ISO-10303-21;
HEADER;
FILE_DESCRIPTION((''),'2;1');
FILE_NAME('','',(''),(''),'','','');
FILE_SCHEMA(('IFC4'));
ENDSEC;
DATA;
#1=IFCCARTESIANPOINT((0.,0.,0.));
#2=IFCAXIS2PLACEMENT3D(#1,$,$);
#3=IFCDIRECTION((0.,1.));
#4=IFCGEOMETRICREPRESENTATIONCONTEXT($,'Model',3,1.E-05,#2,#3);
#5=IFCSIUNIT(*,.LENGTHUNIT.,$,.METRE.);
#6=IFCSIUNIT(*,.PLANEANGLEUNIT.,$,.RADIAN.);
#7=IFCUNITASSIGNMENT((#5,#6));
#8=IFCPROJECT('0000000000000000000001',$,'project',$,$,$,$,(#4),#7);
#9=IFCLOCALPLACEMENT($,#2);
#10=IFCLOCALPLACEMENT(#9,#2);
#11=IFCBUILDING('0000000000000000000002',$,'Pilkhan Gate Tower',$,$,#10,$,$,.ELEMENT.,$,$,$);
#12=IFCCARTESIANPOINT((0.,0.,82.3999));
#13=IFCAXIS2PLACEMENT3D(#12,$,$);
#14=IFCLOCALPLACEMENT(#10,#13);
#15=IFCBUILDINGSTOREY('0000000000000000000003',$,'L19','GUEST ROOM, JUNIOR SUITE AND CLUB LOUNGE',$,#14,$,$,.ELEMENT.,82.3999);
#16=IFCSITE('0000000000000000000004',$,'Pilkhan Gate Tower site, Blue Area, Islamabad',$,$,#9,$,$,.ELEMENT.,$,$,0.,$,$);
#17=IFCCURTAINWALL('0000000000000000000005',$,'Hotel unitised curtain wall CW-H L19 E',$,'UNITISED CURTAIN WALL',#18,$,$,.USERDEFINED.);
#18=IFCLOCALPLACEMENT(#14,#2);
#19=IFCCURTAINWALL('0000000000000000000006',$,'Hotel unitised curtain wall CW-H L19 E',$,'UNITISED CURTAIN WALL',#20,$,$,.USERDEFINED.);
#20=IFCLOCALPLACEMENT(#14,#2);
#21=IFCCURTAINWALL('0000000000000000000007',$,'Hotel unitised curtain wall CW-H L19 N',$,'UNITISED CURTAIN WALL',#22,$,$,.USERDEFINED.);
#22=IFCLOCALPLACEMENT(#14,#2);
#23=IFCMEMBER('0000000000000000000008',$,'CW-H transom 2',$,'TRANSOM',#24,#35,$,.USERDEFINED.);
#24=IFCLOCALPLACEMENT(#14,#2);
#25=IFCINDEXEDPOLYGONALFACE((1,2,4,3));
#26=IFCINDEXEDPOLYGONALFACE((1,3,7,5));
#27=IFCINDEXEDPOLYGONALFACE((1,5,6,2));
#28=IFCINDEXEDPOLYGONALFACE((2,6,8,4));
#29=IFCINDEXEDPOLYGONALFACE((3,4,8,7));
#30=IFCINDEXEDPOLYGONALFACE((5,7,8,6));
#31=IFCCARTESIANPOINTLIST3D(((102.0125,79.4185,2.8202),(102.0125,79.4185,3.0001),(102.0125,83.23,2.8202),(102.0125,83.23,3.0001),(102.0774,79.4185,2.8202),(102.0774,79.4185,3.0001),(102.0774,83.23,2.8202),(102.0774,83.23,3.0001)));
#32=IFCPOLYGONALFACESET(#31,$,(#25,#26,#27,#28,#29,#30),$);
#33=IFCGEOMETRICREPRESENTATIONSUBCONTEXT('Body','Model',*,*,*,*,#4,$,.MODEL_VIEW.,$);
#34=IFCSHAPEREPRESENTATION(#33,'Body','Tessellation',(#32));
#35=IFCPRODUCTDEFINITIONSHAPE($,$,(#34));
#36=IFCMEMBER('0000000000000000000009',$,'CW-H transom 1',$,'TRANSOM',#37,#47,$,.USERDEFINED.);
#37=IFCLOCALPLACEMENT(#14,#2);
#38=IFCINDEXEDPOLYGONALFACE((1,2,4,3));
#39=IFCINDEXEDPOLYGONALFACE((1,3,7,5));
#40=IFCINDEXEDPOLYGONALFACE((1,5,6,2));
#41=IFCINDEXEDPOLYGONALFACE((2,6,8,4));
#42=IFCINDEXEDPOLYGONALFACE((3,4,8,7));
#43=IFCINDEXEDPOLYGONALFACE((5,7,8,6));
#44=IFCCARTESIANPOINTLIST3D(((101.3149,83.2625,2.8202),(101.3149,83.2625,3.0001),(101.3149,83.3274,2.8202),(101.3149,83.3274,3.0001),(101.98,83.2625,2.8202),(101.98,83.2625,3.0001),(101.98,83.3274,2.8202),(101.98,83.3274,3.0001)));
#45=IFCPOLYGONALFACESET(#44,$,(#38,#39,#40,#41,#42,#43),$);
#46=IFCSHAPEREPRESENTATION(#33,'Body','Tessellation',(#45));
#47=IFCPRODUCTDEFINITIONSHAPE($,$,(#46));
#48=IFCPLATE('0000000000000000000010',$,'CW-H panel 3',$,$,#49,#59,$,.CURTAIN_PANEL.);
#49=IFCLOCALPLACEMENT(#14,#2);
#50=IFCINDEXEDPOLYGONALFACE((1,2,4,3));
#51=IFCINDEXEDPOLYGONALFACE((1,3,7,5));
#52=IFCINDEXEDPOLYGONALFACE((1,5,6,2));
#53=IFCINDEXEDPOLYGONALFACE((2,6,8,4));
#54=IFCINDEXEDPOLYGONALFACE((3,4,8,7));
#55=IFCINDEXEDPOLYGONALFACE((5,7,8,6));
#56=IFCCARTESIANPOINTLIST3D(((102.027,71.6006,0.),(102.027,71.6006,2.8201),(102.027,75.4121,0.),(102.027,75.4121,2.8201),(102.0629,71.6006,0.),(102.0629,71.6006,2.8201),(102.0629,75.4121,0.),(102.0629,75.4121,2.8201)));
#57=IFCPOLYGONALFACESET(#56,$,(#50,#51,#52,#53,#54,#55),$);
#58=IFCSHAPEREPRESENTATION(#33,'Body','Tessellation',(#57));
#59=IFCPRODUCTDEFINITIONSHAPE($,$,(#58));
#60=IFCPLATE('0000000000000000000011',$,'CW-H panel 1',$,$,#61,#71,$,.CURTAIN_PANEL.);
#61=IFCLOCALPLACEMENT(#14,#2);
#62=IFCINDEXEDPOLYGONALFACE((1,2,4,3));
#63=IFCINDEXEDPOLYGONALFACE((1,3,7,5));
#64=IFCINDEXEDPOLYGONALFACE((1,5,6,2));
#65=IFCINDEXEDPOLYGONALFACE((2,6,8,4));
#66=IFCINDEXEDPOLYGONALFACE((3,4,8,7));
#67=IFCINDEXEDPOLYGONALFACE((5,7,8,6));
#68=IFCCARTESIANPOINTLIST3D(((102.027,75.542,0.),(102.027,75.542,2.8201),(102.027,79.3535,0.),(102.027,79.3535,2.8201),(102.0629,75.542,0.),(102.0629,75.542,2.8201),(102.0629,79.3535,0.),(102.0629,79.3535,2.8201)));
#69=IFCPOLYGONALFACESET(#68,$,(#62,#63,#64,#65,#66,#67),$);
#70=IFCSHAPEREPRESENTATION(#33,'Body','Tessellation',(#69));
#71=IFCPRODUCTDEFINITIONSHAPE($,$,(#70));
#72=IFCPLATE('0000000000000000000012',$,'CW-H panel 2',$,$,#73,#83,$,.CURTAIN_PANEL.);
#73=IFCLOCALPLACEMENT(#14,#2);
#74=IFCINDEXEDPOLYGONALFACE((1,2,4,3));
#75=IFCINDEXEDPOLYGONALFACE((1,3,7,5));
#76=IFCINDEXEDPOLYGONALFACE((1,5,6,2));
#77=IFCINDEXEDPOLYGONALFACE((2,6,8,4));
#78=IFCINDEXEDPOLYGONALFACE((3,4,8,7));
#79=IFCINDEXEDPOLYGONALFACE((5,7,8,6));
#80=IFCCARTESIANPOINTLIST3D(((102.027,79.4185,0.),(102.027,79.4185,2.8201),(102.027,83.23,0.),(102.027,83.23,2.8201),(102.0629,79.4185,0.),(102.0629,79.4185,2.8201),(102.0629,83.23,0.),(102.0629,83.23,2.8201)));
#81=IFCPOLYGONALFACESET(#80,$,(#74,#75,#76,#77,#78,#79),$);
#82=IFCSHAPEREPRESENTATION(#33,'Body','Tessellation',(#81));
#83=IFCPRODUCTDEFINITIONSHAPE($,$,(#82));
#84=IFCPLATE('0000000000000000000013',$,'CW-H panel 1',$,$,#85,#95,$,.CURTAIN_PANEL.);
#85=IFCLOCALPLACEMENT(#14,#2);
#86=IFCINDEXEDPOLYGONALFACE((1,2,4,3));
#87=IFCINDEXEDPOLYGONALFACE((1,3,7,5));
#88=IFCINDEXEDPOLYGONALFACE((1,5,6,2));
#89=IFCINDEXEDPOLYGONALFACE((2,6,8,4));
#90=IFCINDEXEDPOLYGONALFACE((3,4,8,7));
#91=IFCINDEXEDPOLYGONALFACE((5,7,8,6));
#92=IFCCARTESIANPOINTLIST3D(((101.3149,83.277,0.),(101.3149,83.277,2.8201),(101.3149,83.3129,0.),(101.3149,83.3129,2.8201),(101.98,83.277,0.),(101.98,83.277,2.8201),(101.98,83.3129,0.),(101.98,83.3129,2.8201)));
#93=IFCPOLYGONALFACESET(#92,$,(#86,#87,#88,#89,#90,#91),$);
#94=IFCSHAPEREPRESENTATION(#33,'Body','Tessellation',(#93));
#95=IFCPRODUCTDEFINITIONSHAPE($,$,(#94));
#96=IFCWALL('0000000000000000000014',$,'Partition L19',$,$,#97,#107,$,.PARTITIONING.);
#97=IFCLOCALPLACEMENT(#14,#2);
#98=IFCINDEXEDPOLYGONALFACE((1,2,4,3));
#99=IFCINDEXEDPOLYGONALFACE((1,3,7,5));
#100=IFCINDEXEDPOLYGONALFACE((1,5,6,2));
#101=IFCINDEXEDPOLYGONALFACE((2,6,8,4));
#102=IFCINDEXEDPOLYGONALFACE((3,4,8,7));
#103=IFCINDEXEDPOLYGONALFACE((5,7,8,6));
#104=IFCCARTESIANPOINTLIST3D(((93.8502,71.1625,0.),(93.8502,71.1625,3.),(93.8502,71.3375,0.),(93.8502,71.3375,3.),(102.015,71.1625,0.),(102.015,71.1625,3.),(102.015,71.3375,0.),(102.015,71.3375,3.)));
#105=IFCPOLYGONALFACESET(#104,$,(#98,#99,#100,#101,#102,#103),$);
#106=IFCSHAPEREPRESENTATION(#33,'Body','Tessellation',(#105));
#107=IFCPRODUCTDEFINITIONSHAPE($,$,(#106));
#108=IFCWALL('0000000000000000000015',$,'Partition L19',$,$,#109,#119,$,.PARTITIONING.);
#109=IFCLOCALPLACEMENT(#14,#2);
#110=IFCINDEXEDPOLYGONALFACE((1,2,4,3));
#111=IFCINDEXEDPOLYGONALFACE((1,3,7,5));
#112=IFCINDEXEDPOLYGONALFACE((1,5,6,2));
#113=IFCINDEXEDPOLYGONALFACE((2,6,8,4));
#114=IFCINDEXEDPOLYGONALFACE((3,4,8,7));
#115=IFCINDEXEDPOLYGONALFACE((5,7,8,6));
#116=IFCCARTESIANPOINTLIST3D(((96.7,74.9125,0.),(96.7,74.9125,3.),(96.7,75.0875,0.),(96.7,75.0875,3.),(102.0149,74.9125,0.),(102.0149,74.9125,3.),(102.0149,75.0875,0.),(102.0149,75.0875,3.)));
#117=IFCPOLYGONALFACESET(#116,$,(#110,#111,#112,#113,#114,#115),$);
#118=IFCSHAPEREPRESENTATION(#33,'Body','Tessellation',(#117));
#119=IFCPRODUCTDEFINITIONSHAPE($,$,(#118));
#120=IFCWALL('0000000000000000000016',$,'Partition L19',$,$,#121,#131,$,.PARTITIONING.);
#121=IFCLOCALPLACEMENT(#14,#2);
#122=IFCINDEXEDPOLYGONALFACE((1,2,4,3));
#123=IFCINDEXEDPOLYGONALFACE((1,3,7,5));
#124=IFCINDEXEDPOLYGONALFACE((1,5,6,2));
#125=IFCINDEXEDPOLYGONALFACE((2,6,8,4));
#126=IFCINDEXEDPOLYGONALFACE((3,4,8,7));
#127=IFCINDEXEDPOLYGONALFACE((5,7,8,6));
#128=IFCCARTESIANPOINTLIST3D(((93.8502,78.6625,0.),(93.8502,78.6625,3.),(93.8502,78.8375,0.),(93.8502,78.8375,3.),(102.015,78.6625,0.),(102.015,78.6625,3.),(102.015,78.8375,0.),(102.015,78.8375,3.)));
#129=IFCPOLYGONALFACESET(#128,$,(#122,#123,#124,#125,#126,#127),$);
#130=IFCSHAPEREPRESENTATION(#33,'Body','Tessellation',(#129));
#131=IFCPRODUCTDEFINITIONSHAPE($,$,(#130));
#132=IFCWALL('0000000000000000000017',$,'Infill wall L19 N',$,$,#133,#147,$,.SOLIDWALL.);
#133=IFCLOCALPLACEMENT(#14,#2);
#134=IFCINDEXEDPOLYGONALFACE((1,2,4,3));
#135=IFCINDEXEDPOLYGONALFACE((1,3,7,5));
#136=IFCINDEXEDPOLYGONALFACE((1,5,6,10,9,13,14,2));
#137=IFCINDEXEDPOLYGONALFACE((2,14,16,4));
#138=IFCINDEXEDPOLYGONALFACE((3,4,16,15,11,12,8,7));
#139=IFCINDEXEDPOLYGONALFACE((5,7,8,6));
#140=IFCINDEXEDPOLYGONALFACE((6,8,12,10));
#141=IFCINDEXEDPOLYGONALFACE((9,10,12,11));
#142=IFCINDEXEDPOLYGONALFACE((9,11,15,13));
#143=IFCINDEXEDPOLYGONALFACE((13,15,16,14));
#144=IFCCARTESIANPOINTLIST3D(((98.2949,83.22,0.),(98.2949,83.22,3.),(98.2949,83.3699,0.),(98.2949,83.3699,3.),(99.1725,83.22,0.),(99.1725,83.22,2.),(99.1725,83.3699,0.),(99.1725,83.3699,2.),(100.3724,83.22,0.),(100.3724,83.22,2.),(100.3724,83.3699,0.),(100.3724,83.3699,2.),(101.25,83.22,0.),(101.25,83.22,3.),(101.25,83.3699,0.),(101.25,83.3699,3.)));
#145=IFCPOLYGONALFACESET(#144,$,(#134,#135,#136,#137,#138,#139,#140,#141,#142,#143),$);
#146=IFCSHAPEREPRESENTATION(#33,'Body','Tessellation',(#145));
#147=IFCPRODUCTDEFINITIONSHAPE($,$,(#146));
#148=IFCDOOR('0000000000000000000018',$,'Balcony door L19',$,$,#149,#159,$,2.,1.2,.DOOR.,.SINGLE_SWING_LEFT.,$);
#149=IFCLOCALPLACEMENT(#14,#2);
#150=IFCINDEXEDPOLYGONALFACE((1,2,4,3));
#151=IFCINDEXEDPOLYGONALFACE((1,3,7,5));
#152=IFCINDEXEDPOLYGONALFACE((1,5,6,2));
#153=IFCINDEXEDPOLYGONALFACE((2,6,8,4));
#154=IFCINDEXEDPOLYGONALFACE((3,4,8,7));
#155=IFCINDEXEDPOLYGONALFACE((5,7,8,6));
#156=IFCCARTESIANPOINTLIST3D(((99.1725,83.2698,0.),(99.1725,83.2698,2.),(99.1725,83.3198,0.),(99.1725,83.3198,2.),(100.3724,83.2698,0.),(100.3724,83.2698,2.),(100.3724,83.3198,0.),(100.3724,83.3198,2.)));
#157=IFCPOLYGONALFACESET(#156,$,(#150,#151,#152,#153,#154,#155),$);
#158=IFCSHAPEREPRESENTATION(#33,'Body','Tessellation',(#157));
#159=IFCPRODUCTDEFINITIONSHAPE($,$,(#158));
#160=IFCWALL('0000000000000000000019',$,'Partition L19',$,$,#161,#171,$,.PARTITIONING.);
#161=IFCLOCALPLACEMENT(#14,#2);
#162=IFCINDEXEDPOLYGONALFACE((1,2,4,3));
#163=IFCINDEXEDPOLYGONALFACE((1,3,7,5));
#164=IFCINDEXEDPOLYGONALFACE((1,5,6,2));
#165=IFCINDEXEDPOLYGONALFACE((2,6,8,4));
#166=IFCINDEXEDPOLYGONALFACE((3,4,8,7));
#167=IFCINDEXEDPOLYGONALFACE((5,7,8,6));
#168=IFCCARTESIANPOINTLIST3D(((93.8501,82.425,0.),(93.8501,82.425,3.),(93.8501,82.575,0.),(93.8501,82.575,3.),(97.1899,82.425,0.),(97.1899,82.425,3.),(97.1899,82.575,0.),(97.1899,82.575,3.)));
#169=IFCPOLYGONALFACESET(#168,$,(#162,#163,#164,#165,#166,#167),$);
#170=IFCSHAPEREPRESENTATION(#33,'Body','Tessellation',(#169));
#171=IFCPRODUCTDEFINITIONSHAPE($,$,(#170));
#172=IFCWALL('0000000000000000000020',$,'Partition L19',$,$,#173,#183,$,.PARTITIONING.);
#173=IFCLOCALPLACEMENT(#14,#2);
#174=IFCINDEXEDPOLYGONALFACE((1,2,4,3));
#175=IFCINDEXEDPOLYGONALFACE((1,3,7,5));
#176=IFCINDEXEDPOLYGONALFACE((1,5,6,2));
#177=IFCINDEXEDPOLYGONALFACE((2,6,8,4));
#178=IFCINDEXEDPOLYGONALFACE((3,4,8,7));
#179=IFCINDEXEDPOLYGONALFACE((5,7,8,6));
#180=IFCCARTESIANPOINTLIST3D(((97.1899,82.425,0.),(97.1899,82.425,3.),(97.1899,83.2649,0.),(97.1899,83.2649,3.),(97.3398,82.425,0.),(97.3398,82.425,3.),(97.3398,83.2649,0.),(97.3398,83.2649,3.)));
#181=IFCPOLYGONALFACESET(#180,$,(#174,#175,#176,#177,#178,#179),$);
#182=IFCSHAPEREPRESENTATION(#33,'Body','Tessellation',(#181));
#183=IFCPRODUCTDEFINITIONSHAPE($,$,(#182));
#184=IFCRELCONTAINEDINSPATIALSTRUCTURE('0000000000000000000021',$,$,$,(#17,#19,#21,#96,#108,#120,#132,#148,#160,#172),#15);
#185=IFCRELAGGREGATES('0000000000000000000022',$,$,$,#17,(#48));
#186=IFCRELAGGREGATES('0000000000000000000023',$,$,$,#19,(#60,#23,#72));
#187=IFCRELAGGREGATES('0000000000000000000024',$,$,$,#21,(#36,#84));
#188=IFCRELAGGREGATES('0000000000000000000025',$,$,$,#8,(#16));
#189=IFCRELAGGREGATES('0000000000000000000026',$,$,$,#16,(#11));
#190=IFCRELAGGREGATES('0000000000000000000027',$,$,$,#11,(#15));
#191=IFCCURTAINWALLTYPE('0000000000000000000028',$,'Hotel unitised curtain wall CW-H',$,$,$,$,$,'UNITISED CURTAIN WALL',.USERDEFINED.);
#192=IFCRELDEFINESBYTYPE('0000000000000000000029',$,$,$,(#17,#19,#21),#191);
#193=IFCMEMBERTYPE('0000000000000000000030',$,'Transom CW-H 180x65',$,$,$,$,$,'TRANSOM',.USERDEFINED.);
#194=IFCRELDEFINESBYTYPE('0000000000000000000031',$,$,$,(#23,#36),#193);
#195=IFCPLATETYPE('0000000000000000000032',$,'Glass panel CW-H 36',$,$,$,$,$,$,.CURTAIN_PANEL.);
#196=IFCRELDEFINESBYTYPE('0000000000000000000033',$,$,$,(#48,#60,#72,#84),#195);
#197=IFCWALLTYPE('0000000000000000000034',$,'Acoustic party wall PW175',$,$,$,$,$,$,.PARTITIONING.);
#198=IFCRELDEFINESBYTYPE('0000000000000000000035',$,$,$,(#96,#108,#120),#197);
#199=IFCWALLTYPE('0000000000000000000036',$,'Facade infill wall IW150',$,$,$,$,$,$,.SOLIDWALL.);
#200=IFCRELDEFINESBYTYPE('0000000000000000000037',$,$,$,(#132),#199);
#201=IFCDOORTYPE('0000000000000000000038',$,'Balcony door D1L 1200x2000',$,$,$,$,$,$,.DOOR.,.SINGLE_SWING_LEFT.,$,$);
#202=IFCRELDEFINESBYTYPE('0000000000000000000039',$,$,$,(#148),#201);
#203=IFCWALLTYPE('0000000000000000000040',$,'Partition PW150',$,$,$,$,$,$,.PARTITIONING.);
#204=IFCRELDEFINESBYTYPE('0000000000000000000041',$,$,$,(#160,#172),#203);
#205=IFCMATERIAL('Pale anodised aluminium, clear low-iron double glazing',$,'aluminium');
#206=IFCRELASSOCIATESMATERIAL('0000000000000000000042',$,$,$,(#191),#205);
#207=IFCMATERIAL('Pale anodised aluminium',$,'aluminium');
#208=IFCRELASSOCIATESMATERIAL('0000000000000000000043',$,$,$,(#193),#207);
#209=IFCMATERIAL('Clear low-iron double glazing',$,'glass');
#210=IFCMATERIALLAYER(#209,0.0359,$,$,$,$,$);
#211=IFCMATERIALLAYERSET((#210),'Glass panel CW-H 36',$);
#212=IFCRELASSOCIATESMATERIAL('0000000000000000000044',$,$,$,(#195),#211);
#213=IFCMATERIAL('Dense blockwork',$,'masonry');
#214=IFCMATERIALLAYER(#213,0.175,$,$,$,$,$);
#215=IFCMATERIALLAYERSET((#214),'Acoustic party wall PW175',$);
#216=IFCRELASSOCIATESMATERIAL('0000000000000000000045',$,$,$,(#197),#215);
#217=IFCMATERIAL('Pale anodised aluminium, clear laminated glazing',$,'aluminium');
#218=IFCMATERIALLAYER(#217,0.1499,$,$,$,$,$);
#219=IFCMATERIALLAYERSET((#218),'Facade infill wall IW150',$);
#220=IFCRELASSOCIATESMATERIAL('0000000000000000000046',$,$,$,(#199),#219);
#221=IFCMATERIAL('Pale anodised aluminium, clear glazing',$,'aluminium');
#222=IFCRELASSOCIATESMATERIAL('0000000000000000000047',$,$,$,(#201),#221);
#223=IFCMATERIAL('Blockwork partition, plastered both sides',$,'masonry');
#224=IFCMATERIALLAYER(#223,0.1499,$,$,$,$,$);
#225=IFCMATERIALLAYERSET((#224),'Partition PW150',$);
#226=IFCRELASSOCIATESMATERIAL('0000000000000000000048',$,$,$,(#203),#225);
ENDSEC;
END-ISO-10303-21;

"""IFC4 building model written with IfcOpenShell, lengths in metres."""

from ifc_helpers import new_model, si_unit, direction, frame, frame_2d, origin, origin_2d, place, context, subcontext, project, spatial, rectangle, extrude, material, layer, layer_set, material_profile, profile_set, type_object, element, fill, aggregate, save


model = new_model("IFC4")

# Units and contexts
model_context = context("Model", 3, precision=1e-05, world=origin(), true_north=direction((0.0, 1.0)))
body_context = subcontext(model_context, "Body", "Model", "MODEL_VIEW")
ifc_project = project(units=[si_unit("LENGTHUNIT", "METRE"), si_unit("PLANEANGLEUNIT", "RADIAN")], contexts=[model_context])

# Site, building, storey
site_placement = place(None, origin())
site = spatial("IfcSite", under=ifc_project, at=site_placement, Name="Pilkhan Gate Tower site, Blue Area, Islamabad", CompositionType="ELEMENT", RefElevation=0.0)
building_placement = place(site_placement, origin())
building = spatial("IfcBuilding", under=site, at=building_placement, Name="Pilkhan Gate Tower", CompositionType="ELEMENT")
storey_placement = place(building_placement, frame((0.0, 0.0, 82.3999)))
storey = spatial("IfcBuildingStorey", under=building, at=storey_placement, Name="L19", Description="GUEST ROOM, JUNIOR SUITE AND CLUB LOUNGE", CompositionType="ELEMENT", Elevation=82.3999)

# Curtain walls
ifc_material_1 = material(Name="Pale anodised aluminium, clear low-iron double glazing", Category="aluminium")
curtain_wall_type = type_object("IfcCurtainWallType", Name="Hotel unitised curtain wall CW-H", ElementType="UNITISED CURTAIN WALL", PredefinedType="USERDEFINED", material=ifc_material_1)
curtain_wall_1_placement = place(storey_placement, origin())
curtain_wall_1 = element("IfcCurtainWall", 1, at=curtain_wall_1_placement, inside=storey, type_object=curtain_wall_type, Name="Hotel unitised curtain wall CW-H L19 E", ObjectType="UNITISED CURTAIN WALL", PredefinedType="USERDEFINED")
ifc_material_2 = material(Name="Pale anodised aluminium", Category="aluminium")
curtain_wall_2_placement = place(storey_placement, origin())
curtain_wall_2 = element("IfcCurtainWall", 2, at=curtain_wall_2_placement, inside=storey, type_object=curtain_wall_type, Name="Hotel unitised curtain wall CW-H L19 E", ObjectType="UNITISED CURTAIN WALL", PredefinedType="USERDEFINED")

# Curtain wall
curtain_wall_3_placement = place(storey_placement, origin())
curtain_wall_3 = element("IfcCurtainWall", 3, at=curtain_wall_3_placement, inside=storey, type_object=curtain_wall_type, Name="Hotel unitised curtain wall CW-H L19 N", ObjectType="UNITISED CURTAIN WALL", PredefinedType="USERDEFINED")

# Members
ifc_material_profile_1 = material_profile(ifc_material_2, rectangle(XDim=0.0649, YDim=0.1799, at=origin_2d()), Name="Transom 180x65")
ifc_profile_set_1 = profile_set([ifc_material_profile_1], Name="Pale anodised aluminium")
member_type_1 = type_object("IfcMemberType", Name="Transom CW-H 180x65", ElementType="TRANSOM", PredefinedType="USERDEFINED", material=ifc_profile_set_1)
member_1_placement = place(storey_placement, frame((102.0449, 79.4185, 2.9102), z_axis=(0.0, 1.0, 0.0), x_axis=(-1.0, 0.0, 0.0)))
member_1 = element("IfcMember", 4, at=member_1_placement, type_object=member_type_1, Name="CW-H transom 2", ObjectType="TRANSOM", PredefinedType="USERDEFINED", context=body_context, shape_type="SweptSolid", body=[
    extrude(rectangle(XDim=0.0649, YDim=0.1799, at=origin_2d()), origin(), (0.0, 0.0, 1.0), 3.8115),
])
member_2_placement = place(storey_placement, frame((101.3149, 83.2949, 2.9102), z_axis=(1.0, 0.0, 0.0), x_axis=(0.0, 1.0, 0.0)))
member_2 = element("IfcMember", 5, at=member_2_placement, type_object=member_type_1, Name="CW-H transom 1", ObjectType="TRANSOM", PredefinedType="USERDEFINED", context=body_context, shape_type="SweptSolid", body=[
    extrude(rectangle(XDim=0.0649, YDim=0.1799, at=origin_2d()), origin(), (0.0, 0.0, 1.0), 0.665),
])

# Plates
ifc_material_3 = material(Name="Clear low-iron double glazing", Category="glass")
ifc_layer_1 = layer(ifc_material_3, 0.0359)
ifc_layer_set_1 = layer_set([ifc_layer_1], Name="Glass panel CW-H 36")
plate_type = type_object("IfcPlateType", Name="Glass panel CW-H 36", PredefinedType="CURTAIN_PANEL", material=ifc_layer_set_1)
plate_1_placement = place(storey_placement, frame((102.0449, 73.5063, 0.0), z_axis=(0.0, 0.0, 1.0), x_axis=(0.0, 1.0, 0.0)))
plate_1 = element("IfcPlate", 6, at=plate_1_placement, type_object=plate_type, Name="CW-H panel 3", PredefinedType="CURTAIN_PANEL", context=body_context, shape_type="SweptSolid", body=[
    extrude(rectangle(XDim=3.8115, YDim=0.0359, at=origin_2d()), origin(), (0.0, 0.0, 1.0), 2.8201),
])
aggregate(curtain_wall_1, [plate_1])
plate_2_placement = place(storey_placement, frame((102.0449, 77.4478, 0.0), z_axis=(0.0, 0.0, 1.0), x_axis=(0.0, 1.0, 0.0)))
plate_2 = element("IfcPlate", 7, at=plate_2_placement, type_object=plate_type, Name="CW-H panel 1", PredefinedType="CURTAIN_PANEL", context=body_context, shape_type="SweptSolid", body=[
    extrude(rectangle(XDim=3.8115, YDim=0.0359, at=origin_2d()), origin(), (0.0, 0.0, 1.0), 2.8201),
])
plate_3_placement = place(storey_placement, frame((102.0449, 81.3242, 0.0), z_axis=(0.0, 0.0, 1.0), x_axis=(0.0, 1.0, 0.0)))
plate_3 = element("IfcPlate", 8, at=plate_3_placement, type_object=plate_type, Name="CW-H panel 2", PredefinedType="CURTAIN_PANEL", context=body_context, shape_type="SweptSolid", body=[
    extrude(rectangle(XDim=3.8115, YDim=0.0359, at=origin_2d()), origin(), (0.0, 0.0, 1.0), 2.8201),
])
aggregate(curtain_wall_2, [plate_2, member_1, plate_3])
plate_4_placement = place(storey_placement, frame((101.6475, 83.2949, 0.0), z_axis=(0.0, 0.0, 1.0), x_axis=(1.0, 0.0, 0.0)))
plate_4 = element("IfcPlate", 9, at=plate_4_placement, type_object=plate_type, Name="CW-H panel 1", PredefinedType="CURTAIN_PANEL", context=body_context, shape_type="SweptSolid", body=[
    extrude(rectangle(XDim=0.665, YDim=0.0359, at=origin_2d()), origin(), (0.0, 0.0, 1.0), 2.8201),
])
aggregate(curtain_wall_3, [member_2, plate_4])

# Walls
ifc_material_4 = material(Name="Dense blockwork", Category="masonry")
ifc_layer_2 = layer(ifc_material_4, 0.175)
ifc_layer_set_2 = layer_set([ifc_layer_2], Name="Acoustic party wall PW175")
wall_type_1 = type_object("IfcWallType", Name="Acoustic party wall PW175", PredefinedType="PARTITIONING", material=ifc_layer_set_2)
wall_1_placement = place(storey_placement, frame((93.8501, 71.25, 0.0), z_axis=(0.0, 0.0, 1.0), x_axis=(1.0, 0.0, 0.0)))
element("IfcWall", 10, at=wall_1_placement, inside=storey, type_object=wall_type_1, Name="Partition L19", PredefinedType="PARTITIONING", context=body_context, shape_type="SweptSolid", body=[
    extrude(rectangle(XDim=8.1648, YDim=0.175, at=frame_2d((4.0825, 0.0))), origin(), (0.0, 0.0, 1.0), 3.0),
])
wall_2_placement = place(storey_placement, frame((96.7, 75.0, 0.0), z_axis=(0.0, 0.0, 1.0), x_axis=(1.0, 0.0, 0.0)))
element("IfcWall", 11, at=wall_2_placement, inside=storey, type_object=wall_type_1, Name="Partition L19", PredefinedType="PARTITIONING", context=body_context, shape_type="SweptSolid", body=[
    extrude(rectangle(XDim=5.3149, YDim=0.175, at=frame_2d((2.6575, 0.0))), origin(), (0.0, 0.0, 1.0), 3.0),
])
wall_3_placement = place(storey_placement, frame((93.8501, 78.75, 0.0), z_axis=(0.0, 0.0, 1.0), x_axis=(1.0, 0.0, 0.0)))
element("IfcWall", 12, at=wall_3_placement, inside=storey, type_object=wall_type_1, Name="Partition L19", PredefinedType="PARTITIONING", context=body_context, shape_type="SweptSolid", body=[
    extrude(rectangle(XDim=8.1648, YDim=0.175, at=frame_2d((4.0825, 0.0))), origin(), (0.0, 0.0, 1.0), 3.0),
])

# Wall, opening, door
ifc_material_5 = material(Name="Pale anodised aluminium, clear laminated glazing", Category="aluminium")
ifc_layer_3 = layer(ifc_material_5, 0.1499)
ifc_layer_set_3 = layer_set([ifc_layer_3], Name="Facade infill wall IW150")
wall_type_2 = type_object("IfcWallType", Name="Facade infill wall IW150", PredefinedType="SOLIDWALL", material=ifc_layer_set_3)
wall_4_placement = place(storey_placement, frame((98.2949, 83.2949, 0.0), z_axis=(0.0, 0.0, 1.0), x_axis=(1.0, 0.0, 0.0)))
wall_4 = element("IfcWall", 13, at=wall_4_placement, inside=storey, type_object=wall_type_2, Name="Infill wall L19 N", PredefinedType="SOLIDWALL", context=body_context, shape_type="SweptSolid", body=[
    extrude(rectangle(XDim=2.9551, YDim=0.1499, at=frame_2d((1.4775, 0.0))), origin(), (0.0, 0.0, 1.0), 3.0),
])
opening_1_placement = place(wall_4_placement, frame((0.8774, 0.0, 0.0)))
opening_1 = element("IfcOpeningElement", 14, at=opening_1_placement, cuts=wall_4, PredefinedType="OPENING", context=body_context, shape_type="SweptSolid", body=[
    extrude(rectangle(XDim=1.2, YDim=2.0, at=frame_2d((0.6001, 1.0))), frame((0.0, 0.085, 0.0), z_axis=(0.0, -1.0, 0.0), x_axis=(1.0, 0.0, 0.0)), (0.0, 0.0, 1.0), 0.1699),
])
ifc_material_6 = material(Name="Pale anodised aluminium, clear glazing", Category="aluminium")
door_type_1 = type_object("IfcDoorType", Name="Balcony door D1L 1200x2000", OperationType="SINGLE_SWING_LEFT", PredefinedType="DOOR", material=ifc_material_6)
door_1_placement = place(opening_1_placement, origin())
door_1 = element("IfcDoor", 15, at=door_1_placement, inside=storey, type_object=door_type_1, Name="Balcony door L19", OperationType="SINGLE_SWING_LEFT", OverallHeight=2.0, OverallWidth=1.2, PredefinedType="DOOR", context=body_context, shape_type="SweptSolid", body=[
    extrude(rectangle(XDim=1.2, YDim=2.0, at=frame_2d((0.6001, 1.0))), frame((0.0, 0.0249, 0.0), z_axis=(0.0, -1.0, 0.0), x_axis=(1.0, 0.0, 0.0)), (0.0, 0.0, 1.0), 0.05),
])
fill(opening_1, door_1)

# Walls
ifc_material_7 = material(Name="Blockwork partition, plastered both sides", Category="masonry")
ifc_layer_4 = layer(ifc_material_7, 0.1499)
ifc_layer_set_4 = layer_set([ifc_layer_4], Name="Partition PW150")
wall_type_3 = type_object("IfcWallType", Name="Partition PW150", PredefinedType="PARTITIONING", material=ifc_layer_set_4)
wall_5_placement = place(storey_placement, frame((93.8501, 82.5, 0.0), z_axis=(0.0, 0.0, 1.0), x_axis=(1.0, 0.0, 0.0)))
element("IfcWall", 16, at=wall_5_placement, inside=storey, type_object=wall_type_3, Name="Partition L19", PredefinedType="PARTITIONING", context=body_context, shape_type="SweptSolid", body=[
    extrude(rectangle(XDim=3.3398, YDim=0.1499, at=frame_2d((1.6699, 0.0))), origin(), (0.0, 0.0, 1.0), 3.0),
])
wall_6_placement = place(storey_placement, frame((97.2649, 82.425, 0.0), z_axis=(0.0, 0.0, 1.0), x_axis=(0.0, 1.0, 0.0)))
element("IfcWall", 17, at=wall_6_placement, inside=storey, type_object=wall_type_3, Name="Partition L19", PredefinedType="PARTITIONING", context=body_context, shape_type="SweptSolid", body=[
    extrude(rectangle(XDim=0.8398, YDim=0.1499, at=frame_2d((0.4199, 0.0))), origin(), (0.0, 0.0, 1.0), 3.0),
])

save(model, "model.ifc")
